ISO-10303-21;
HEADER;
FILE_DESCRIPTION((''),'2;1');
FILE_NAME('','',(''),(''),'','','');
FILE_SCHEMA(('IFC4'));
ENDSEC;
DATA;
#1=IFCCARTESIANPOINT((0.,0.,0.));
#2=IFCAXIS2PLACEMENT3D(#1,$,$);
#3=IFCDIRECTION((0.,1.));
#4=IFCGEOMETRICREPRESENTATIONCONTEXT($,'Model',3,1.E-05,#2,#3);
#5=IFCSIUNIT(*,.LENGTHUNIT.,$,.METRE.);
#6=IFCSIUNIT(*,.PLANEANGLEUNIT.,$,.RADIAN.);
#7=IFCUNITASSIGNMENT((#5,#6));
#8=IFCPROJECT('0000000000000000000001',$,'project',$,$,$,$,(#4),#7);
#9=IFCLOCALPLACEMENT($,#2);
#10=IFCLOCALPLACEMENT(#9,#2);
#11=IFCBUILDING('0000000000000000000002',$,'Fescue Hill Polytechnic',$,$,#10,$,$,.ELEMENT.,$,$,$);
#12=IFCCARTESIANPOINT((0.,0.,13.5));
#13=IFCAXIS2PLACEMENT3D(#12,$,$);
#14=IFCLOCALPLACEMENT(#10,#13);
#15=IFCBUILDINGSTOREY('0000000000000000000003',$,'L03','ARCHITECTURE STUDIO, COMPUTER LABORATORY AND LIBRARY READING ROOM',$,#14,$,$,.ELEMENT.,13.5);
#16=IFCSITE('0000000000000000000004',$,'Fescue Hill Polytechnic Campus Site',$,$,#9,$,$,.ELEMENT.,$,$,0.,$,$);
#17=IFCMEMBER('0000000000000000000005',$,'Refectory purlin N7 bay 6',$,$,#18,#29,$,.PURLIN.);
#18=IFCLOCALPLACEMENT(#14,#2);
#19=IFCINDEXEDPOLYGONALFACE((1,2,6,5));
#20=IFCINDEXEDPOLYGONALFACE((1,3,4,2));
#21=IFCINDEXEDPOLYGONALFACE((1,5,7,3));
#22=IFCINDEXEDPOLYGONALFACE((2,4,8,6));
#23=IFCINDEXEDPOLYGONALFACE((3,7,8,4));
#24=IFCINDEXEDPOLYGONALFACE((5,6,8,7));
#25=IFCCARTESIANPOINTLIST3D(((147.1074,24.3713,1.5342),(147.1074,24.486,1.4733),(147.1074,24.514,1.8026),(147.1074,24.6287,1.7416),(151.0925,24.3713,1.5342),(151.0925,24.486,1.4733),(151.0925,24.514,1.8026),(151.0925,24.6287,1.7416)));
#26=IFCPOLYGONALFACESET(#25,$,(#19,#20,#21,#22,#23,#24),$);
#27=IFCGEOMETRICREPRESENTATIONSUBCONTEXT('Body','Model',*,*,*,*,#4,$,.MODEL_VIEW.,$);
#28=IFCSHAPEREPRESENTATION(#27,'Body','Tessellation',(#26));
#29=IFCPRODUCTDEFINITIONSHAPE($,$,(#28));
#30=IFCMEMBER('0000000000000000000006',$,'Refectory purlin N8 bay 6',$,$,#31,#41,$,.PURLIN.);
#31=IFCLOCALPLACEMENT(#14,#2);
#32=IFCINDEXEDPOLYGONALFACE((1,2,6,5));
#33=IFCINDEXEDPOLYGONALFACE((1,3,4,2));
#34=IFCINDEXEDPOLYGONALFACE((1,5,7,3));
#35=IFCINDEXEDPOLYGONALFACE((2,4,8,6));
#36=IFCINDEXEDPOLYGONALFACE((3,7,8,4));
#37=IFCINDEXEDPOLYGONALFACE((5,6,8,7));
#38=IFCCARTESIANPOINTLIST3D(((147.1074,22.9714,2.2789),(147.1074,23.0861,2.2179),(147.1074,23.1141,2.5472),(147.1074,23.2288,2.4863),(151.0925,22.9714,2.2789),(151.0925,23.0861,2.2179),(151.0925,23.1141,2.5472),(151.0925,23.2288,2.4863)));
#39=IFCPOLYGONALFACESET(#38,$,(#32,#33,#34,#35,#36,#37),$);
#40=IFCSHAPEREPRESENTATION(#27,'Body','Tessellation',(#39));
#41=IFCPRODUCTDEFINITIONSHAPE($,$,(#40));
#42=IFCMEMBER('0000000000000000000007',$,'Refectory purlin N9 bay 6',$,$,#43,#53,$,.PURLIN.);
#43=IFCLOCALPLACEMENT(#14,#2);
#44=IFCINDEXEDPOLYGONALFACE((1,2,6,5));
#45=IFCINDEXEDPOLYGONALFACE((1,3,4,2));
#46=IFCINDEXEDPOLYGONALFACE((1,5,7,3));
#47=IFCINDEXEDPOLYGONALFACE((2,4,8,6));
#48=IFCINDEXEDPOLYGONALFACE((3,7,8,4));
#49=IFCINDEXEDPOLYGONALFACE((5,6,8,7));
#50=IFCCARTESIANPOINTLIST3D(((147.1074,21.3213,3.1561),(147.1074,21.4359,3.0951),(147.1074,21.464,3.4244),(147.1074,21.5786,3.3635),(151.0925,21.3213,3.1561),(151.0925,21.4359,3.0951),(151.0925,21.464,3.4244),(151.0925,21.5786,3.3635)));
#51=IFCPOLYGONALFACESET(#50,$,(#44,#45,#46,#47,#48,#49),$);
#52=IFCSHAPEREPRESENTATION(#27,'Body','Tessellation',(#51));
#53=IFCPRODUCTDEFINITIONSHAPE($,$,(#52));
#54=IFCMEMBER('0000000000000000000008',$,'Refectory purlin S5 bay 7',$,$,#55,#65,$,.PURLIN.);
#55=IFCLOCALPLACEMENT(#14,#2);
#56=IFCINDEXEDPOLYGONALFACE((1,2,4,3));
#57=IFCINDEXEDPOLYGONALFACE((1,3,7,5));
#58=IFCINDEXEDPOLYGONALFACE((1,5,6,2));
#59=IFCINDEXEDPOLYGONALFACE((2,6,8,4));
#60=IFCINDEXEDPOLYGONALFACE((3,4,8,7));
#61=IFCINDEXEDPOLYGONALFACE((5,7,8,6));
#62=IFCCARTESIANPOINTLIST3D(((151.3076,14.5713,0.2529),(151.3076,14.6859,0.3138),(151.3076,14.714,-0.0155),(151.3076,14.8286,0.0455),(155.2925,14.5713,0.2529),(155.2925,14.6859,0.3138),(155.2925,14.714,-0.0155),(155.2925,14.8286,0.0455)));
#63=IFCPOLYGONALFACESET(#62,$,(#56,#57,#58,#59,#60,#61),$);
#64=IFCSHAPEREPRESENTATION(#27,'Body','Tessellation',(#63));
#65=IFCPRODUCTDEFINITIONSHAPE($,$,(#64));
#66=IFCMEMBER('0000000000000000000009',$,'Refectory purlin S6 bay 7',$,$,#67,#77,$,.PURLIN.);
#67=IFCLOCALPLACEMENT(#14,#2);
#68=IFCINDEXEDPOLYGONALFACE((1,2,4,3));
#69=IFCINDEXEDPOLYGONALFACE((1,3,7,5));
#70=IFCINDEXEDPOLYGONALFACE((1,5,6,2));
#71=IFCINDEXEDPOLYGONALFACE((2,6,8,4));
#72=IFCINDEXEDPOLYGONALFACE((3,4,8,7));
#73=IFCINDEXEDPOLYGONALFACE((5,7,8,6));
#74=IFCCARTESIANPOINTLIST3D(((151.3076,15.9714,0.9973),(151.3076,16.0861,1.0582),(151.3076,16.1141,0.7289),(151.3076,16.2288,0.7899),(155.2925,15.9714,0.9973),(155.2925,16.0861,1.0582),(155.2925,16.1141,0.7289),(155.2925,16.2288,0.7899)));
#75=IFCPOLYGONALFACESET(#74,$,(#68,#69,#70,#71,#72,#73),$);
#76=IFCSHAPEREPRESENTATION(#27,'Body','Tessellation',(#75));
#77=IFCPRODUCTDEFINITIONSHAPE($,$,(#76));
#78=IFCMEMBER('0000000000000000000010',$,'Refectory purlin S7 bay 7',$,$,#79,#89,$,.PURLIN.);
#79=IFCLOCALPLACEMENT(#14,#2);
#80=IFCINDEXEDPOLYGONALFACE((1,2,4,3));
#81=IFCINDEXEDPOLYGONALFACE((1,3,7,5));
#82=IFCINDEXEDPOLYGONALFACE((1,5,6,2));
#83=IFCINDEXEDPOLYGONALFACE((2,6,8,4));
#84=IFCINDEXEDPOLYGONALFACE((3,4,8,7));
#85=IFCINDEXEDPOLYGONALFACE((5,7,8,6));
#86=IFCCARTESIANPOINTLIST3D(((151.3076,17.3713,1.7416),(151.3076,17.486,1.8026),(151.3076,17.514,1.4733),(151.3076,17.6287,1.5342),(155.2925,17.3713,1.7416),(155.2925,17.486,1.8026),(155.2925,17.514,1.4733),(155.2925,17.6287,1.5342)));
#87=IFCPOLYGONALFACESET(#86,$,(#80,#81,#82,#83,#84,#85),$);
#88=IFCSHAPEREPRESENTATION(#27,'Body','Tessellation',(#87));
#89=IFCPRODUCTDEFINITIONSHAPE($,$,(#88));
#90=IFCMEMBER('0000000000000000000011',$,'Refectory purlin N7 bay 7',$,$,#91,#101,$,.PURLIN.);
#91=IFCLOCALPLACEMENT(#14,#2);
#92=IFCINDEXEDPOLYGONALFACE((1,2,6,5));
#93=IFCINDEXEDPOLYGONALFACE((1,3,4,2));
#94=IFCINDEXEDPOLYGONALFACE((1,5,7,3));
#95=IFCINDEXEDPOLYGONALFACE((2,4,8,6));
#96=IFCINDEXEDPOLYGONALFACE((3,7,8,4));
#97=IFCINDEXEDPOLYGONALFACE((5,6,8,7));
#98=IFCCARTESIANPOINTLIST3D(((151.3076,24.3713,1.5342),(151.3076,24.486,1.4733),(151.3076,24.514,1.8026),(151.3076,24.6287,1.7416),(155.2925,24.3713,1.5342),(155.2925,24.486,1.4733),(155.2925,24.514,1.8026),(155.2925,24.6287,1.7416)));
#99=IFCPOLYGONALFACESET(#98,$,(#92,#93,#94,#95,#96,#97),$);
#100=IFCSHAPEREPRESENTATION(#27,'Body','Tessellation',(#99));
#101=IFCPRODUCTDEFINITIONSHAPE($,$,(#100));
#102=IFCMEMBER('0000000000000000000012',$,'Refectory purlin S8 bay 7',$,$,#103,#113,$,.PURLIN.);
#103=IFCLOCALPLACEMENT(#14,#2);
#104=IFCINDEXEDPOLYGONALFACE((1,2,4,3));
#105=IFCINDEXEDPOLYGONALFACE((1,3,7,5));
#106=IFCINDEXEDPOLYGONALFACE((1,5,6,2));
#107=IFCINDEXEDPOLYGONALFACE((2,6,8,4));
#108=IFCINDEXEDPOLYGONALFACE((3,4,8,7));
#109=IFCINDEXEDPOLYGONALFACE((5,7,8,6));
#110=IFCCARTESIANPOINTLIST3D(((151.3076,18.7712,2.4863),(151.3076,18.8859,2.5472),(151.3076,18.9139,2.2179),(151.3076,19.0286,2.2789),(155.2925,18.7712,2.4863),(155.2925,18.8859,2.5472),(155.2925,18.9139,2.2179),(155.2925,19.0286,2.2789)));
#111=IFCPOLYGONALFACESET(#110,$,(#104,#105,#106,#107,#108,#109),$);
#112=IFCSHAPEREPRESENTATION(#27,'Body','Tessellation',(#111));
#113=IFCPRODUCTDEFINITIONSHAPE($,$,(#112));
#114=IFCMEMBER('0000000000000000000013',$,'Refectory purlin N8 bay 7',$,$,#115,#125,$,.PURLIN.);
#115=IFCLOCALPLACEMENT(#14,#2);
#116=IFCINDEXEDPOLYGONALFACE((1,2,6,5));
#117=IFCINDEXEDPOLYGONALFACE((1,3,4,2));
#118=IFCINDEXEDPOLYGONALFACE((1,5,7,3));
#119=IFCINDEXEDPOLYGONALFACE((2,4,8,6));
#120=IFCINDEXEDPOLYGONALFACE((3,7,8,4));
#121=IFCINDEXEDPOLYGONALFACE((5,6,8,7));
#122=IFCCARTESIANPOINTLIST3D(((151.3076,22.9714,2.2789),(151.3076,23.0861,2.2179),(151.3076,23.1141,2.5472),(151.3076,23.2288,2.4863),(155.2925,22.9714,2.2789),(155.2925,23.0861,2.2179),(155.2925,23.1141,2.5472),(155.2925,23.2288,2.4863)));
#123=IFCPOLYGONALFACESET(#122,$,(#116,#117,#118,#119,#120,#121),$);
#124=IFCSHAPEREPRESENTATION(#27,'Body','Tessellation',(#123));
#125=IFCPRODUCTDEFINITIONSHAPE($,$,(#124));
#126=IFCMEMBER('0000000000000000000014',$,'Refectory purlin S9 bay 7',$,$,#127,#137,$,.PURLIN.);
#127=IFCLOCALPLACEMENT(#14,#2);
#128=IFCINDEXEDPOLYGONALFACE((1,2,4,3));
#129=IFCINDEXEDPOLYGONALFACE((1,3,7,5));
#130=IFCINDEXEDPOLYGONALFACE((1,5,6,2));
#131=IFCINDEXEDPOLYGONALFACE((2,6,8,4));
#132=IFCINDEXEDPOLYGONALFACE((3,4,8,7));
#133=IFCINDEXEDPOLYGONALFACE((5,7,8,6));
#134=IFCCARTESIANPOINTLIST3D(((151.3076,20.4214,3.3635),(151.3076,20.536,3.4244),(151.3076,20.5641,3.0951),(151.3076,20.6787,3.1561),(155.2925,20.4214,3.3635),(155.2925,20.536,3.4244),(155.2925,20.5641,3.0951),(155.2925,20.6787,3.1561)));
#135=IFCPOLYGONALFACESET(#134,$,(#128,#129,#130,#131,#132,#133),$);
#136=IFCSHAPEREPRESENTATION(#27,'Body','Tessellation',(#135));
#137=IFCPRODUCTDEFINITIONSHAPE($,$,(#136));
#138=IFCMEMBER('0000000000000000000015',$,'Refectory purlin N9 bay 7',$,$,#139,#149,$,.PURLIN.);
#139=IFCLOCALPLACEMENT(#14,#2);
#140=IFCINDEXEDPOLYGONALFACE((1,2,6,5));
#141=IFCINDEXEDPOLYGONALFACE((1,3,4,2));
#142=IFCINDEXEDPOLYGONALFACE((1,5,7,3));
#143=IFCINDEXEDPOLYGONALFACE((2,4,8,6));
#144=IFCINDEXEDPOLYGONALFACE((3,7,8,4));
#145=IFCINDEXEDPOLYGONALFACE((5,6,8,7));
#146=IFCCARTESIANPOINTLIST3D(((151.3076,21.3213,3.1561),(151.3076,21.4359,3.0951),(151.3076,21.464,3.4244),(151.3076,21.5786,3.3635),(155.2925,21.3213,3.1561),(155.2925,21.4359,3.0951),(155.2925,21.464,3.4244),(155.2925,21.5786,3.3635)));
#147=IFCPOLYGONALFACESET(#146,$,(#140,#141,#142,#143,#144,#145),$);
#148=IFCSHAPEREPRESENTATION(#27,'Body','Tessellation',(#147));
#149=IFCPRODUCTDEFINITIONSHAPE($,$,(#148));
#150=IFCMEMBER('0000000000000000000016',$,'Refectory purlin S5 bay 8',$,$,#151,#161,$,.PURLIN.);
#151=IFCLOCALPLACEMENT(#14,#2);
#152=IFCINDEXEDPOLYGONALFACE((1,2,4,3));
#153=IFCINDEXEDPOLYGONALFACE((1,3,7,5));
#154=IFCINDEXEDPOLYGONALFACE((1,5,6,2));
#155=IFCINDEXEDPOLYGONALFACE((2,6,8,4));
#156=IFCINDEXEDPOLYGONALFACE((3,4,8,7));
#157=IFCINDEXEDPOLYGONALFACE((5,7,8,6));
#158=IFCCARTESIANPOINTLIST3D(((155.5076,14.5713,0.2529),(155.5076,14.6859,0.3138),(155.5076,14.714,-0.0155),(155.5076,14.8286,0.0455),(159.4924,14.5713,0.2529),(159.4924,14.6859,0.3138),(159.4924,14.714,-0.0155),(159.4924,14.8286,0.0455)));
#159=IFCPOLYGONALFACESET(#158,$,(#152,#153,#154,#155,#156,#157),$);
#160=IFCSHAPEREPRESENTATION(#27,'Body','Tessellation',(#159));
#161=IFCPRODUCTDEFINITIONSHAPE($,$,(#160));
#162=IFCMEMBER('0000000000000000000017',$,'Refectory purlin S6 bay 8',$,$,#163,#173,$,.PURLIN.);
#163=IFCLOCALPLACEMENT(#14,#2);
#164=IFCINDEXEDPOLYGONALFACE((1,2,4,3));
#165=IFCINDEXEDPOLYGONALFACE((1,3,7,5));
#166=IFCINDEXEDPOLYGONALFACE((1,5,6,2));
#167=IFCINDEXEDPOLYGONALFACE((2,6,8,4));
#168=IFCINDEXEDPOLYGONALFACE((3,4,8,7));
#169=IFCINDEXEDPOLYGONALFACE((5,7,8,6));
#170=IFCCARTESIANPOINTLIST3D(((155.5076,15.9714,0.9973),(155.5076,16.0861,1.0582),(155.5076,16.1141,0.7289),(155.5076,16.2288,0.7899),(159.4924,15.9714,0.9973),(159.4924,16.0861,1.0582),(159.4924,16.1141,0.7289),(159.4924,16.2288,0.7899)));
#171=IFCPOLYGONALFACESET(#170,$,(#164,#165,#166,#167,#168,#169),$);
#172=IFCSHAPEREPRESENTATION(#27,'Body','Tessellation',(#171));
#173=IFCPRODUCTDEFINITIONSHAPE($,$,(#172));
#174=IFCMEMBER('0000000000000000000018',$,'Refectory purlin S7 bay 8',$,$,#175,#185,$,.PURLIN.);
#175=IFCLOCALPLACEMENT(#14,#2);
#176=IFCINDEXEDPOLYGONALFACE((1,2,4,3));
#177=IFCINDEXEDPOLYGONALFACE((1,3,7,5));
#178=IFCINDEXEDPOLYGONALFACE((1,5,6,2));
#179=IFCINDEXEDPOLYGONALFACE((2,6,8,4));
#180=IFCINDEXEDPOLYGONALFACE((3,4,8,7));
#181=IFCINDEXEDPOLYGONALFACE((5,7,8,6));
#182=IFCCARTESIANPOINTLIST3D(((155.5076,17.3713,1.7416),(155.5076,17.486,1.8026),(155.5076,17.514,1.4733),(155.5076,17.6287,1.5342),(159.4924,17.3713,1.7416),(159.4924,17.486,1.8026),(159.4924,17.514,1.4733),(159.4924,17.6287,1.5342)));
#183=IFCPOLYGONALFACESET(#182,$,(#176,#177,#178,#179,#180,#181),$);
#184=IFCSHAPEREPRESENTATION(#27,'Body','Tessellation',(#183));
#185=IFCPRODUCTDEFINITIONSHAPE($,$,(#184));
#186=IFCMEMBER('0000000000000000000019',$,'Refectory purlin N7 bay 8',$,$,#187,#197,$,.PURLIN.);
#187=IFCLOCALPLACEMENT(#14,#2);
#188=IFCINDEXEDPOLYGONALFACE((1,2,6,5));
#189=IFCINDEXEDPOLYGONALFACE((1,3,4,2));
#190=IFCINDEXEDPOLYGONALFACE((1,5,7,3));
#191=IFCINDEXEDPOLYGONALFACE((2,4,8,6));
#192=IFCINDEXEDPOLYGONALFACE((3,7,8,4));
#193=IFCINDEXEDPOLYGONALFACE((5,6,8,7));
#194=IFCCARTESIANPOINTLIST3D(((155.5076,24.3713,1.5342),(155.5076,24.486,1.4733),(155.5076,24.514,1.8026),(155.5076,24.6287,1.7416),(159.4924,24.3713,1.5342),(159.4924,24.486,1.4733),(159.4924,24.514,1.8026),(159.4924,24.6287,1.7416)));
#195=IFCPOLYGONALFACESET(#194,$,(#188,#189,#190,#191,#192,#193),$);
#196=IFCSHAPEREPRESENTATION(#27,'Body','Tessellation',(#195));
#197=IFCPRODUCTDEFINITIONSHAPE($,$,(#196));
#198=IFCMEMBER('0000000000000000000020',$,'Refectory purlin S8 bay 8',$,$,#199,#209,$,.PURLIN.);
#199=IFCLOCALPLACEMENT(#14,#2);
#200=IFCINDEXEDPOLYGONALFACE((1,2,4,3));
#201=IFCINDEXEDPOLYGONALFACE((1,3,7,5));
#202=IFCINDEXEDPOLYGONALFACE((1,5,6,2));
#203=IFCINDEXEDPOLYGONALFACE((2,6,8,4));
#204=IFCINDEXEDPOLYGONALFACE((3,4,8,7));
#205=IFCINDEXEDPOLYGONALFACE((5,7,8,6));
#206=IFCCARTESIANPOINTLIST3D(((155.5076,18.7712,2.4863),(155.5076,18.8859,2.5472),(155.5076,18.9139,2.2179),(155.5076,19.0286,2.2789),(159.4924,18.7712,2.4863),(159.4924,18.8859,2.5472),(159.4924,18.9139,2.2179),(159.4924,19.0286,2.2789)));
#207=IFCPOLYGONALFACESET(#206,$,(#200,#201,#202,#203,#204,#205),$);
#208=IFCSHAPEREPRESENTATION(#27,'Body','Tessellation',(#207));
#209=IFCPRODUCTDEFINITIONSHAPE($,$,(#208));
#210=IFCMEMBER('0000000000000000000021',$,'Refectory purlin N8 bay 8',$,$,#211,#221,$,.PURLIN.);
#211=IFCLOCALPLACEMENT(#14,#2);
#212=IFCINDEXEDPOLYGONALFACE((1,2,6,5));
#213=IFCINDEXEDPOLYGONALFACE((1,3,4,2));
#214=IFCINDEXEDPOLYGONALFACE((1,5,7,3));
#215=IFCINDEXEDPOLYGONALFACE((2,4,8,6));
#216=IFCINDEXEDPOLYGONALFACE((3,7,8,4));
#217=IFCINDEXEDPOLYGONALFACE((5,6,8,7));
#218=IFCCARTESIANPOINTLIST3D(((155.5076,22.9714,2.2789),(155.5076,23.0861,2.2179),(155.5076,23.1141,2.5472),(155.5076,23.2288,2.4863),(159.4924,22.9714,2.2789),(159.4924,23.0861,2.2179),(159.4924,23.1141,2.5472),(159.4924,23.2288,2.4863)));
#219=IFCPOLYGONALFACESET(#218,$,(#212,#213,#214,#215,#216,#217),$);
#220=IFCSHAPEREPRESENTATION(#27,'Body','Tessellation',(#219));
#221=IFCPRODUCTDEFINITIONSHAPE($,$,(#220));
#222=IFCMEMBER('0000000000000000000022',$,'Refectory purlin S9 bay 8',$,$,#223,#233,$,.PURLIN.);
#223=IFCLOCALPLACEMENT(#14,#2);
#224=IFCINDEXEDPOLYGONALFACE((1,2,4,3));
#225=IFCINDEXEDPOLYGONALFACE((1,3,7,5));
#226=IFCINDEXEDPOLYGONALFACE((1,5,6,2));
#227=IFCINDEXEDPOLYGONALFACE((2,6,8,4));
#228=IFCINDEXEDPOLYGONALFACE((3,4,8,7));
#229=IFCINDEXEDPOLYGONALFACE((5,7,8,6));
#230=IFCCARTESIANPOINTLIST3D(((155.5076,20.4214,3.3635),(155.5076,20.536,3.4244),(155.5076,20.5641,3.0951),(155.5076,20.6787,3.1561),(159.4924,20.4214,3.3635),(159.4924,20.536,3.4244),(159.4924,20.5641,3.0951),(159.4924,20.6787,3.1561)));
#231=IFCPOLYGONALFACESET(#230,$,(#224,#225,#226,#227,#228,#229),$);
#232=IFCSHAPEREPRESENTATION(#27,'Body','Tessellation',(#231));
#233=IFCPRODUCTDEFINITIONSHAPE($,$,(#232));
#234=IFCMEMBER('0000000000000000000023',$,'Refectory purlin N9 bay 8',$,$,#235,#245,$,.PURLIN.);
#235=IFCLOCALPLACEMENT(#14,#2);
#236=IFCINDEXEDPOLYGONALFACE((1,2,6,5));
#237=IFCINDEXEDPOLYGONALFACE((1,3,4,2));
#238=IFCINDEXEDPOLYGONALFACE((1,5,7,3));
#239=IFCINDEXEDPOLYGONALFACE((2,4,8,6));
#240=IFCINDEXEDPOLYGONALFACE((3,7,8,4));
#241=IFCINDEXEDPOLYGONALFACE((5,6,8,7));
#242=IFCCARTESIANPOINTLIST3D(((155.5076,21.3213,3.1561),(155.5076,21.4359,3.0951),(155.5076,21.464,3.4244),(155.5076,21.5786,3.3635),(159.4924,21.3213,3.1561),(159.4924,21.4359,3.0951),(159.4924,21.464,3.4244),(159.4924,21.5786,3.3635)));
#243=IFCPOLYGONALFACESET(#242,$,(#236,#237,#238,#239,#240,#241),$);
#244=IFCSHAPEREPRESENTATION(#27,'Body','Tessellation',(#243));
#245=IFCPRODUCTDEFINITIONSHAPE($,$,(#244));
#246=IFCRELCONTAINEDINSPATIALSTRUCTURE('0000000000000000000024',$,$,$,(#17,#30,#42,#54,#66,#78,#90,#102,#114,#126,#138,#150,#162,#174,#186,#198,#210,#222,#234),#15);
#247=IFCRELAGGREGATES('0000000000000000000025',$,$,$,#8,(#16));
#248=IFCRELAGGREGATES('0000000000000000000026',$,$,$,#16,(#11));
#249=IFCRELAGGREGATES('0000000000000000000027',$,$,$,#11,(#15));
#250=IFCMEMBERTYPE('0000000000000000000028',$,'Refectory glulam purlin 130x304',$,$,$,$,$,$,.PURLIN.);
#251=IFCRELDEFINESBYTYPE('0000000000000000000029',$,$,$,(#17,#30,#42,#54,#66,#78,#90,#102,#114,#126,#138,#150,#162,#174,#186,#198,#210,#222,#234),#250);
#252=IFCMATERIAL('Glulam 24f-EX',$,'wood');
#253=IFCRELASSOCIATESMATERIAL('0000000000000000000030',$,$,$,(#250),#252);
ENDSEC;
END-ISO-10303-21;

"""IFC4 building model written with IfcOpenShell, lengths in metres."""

from ifc_helpers import new_model, si_unit, direction, frame, origin, origin_2d, place, context, subcontext, project, spatial, rectangle, extrude, material, material_profile, profile_set, type_object, element, save


model = new_model("IFC4")

# Units and contexts
model_context = context("Model", 3, precision=1e-05, world=origin(), true_north=direction((0.0, 1.0)))
body_context = subcontext(model_context, "Body", "Model", "MODEL_VIEW")
ifc_project = project(units=[si_unit("LENGTHUNIT", "METRE"), si_unit("PLANEANGLEUNIT", "RADIAN")], contexts=[model_context])

# Site, building, storey
site_placement = place(None, origin())
site = spatial("IfcSite", under=ifc_project, at=site_placement, Name="Fescue Hill Polytechnic Campus Site", CompositionType="ELEMENT", RefElevation=0.0)
building_placement = place(site_placement, origin())
building = spatial("IfcBuilding", under=site, at=building_placement, Name="Fescue Hill Polytechnic", CompositionType="ELEMENT")
storey_placement = place(building_placement, frame((0.0, 0.0, 13.5)))
storey = spatial("IfcBuildingStorey", under=building, at=storey_placement, Name="L03", Description="ARCHITECTURE STUDIO, COMPUTER LABORATORY AND LIBRARY READING ROOM", CompositionType="ELEMENT", Elevation=13.5)

# Members
ifc_material = material(Name="Glulam 24f-EX", Category="wood")
ifc_material_profile_1 = material_profile(ifc_material, rectangle(XDim=0.1299, YDim=0.304, at=origin_2d()), Name="Refectory glulam purlin 130x304")
ifc_profile_set_1 = profile_set([ifc_material_profile_1], Name="Glulam 24f-EX")
member_type = type_object("IfcMemberType", Name="Refectory glulam purlin 130x304", PredefinedType="PURLIN", material=ifc_profile_set_1)
for number, where, z_axis, x_axis, name in (
    (1, (147.1074, 24.5, 1.6379), (1.0, 0.0, 0.0), (0.0, 0.882934, -0.469497), "Refectory purlin N7 bay 6"),
    (2, (147.1074, 23.1001, 2.3826), (1.0, 0.0, 0.0), (0.0, 0.882934, -0.469497), "Refectory purlin N8 bay 6"),
    (3, (147.1074, 21.45, 3.2598), (1.0, 0.0, 0.0), (0.0, 0.882934, -0.469497), "Refectory purlin N9 bay 6"),
):
    element("IfcMember", number, at=place(storey_placement, frame(where, z_axis=z_axis, x_axis=x_axis)), inside=storey, type_object=member_type, Name=name, PredefinedType="PURLIN", context=body_context, shape_type="SweptSolid", body=[
        extrude(rectangle(XDim=0.1299, YDim=0.304, at=origin_2d()), origin(), (0.0, 0.0, 1.0), 3.9851),
    ])
for number, where, z_axis, x_axis, name in (
    (4, (151.3076, 14.7, 0.1492), (1.0, 0.0, 0.0), (0.0, 0.882934, 0.469497), "Refectory purlin S5 bay 7"),
    (5, (151.3076, 16.1001, 0.8936), (1.0, 0.0, 0.0), (0.0, 0.882934, 0.469497), "Refectory purlin S6 bay 7"),
    (6, (151.3076, 17.5, 1.6379), (1.0, 0.0, 0.0), (0.0, 0.882934, 0.469497), "Refectory purlin S7 bay 7"),
    (7, (151.3076, 24.5, 1.6379), (1.0, 0.0, 0.0), (0.0, 0.882934, -0.469497), "Refectory purlin N7 bay 7"),
    (8, (151.3076, 18.8999, 2.3826), (1.0, 0.0, 0.0), (0.0, 0.882934, 0.469497), "Refectory purlin S8 bay 7"),
    (9, (151.3076, 23.1001, 2.3826), (1.0, 0.0, 0.0), (0.0, 0.882934, -0.469497), "Refectory purlin N8 bay 7"),
    (10, (151.3076, 20.55, 3.2598), (1.0, 0.0, 0.0), (0.0, 0.882934, 0.469497), "Refectory purlin S9 bay 7"),
    (11, (151.3076, 21.45, 3.2598), (1.0, 0.0, 0.0), (0.0, 0.882934, -0.469497), "Refectory purlin N9 bay 7"),
    (12, (155.5076, 14.7, 0.1492), (1.0, 0.0, 0.0), (0.0, 0.882934, 0.469497), "Refectory purlin S5 bay 8"),
    (13, (155.5076, 16.1001, 0.8936), (1.0, 0.0, 0.0), (0.0, 0.882934, 0.469497), "Refectory purlin S6 bay 8"),
    (14, (155.5076, 17.5, 1.6379), (1.0, 0.0, 0.0), (0.0, 0.882934, 0.469497), "Refectory purlin S7 bay 8"),
    (15, (155.5076, 24.5, 1.6379), (1.0, 0.0, 0.0), (0.0, 0.882934, -0.469497), "Refectory purlin N7 bay 8"),
    (16, (155.5076, 18.8999, 2.3826), (1.0, 0.0, 0.0), (0.0, 0.882934, 0.469497), "Refectory purlin S8 bay 8"),
    (17, (155.5076, 23.1001, 2.3826), (1.0, 0.0, 0.0), (0.0, 0.882934, -0.469497), "Refectory purlin N8 bay 8"),
    (18, (155.5076, 20.55, 3.2598), (1.0, 0.0, 0.0), (0.0, 0.882934, 0.469497), "Refectory purlin S9 bay 8"),
    (19, (155.5076, 21.45, 3.2598), (1.0, 0.0, 0.0), (0.0, 0.882934, -0.469497), "Refectory purlin N9 bay 8"),
):
    element("IfcMember", number, at=place(storey_placement, frame(where, z_axis=z_axis, x_axis=x_axis)), inside=storey, type_object=member_type, Name=name, PredefinedType="PURLIN", context=body_context, shape_type="SweptSolid", body=[
        extrude(rectangle(XDim=0.1299, YDim=0.304, at=origin_2d()), origin(), (0.0, 0.0, 1.0), 3.9849),
    ])

save(model, "model.ifc")
